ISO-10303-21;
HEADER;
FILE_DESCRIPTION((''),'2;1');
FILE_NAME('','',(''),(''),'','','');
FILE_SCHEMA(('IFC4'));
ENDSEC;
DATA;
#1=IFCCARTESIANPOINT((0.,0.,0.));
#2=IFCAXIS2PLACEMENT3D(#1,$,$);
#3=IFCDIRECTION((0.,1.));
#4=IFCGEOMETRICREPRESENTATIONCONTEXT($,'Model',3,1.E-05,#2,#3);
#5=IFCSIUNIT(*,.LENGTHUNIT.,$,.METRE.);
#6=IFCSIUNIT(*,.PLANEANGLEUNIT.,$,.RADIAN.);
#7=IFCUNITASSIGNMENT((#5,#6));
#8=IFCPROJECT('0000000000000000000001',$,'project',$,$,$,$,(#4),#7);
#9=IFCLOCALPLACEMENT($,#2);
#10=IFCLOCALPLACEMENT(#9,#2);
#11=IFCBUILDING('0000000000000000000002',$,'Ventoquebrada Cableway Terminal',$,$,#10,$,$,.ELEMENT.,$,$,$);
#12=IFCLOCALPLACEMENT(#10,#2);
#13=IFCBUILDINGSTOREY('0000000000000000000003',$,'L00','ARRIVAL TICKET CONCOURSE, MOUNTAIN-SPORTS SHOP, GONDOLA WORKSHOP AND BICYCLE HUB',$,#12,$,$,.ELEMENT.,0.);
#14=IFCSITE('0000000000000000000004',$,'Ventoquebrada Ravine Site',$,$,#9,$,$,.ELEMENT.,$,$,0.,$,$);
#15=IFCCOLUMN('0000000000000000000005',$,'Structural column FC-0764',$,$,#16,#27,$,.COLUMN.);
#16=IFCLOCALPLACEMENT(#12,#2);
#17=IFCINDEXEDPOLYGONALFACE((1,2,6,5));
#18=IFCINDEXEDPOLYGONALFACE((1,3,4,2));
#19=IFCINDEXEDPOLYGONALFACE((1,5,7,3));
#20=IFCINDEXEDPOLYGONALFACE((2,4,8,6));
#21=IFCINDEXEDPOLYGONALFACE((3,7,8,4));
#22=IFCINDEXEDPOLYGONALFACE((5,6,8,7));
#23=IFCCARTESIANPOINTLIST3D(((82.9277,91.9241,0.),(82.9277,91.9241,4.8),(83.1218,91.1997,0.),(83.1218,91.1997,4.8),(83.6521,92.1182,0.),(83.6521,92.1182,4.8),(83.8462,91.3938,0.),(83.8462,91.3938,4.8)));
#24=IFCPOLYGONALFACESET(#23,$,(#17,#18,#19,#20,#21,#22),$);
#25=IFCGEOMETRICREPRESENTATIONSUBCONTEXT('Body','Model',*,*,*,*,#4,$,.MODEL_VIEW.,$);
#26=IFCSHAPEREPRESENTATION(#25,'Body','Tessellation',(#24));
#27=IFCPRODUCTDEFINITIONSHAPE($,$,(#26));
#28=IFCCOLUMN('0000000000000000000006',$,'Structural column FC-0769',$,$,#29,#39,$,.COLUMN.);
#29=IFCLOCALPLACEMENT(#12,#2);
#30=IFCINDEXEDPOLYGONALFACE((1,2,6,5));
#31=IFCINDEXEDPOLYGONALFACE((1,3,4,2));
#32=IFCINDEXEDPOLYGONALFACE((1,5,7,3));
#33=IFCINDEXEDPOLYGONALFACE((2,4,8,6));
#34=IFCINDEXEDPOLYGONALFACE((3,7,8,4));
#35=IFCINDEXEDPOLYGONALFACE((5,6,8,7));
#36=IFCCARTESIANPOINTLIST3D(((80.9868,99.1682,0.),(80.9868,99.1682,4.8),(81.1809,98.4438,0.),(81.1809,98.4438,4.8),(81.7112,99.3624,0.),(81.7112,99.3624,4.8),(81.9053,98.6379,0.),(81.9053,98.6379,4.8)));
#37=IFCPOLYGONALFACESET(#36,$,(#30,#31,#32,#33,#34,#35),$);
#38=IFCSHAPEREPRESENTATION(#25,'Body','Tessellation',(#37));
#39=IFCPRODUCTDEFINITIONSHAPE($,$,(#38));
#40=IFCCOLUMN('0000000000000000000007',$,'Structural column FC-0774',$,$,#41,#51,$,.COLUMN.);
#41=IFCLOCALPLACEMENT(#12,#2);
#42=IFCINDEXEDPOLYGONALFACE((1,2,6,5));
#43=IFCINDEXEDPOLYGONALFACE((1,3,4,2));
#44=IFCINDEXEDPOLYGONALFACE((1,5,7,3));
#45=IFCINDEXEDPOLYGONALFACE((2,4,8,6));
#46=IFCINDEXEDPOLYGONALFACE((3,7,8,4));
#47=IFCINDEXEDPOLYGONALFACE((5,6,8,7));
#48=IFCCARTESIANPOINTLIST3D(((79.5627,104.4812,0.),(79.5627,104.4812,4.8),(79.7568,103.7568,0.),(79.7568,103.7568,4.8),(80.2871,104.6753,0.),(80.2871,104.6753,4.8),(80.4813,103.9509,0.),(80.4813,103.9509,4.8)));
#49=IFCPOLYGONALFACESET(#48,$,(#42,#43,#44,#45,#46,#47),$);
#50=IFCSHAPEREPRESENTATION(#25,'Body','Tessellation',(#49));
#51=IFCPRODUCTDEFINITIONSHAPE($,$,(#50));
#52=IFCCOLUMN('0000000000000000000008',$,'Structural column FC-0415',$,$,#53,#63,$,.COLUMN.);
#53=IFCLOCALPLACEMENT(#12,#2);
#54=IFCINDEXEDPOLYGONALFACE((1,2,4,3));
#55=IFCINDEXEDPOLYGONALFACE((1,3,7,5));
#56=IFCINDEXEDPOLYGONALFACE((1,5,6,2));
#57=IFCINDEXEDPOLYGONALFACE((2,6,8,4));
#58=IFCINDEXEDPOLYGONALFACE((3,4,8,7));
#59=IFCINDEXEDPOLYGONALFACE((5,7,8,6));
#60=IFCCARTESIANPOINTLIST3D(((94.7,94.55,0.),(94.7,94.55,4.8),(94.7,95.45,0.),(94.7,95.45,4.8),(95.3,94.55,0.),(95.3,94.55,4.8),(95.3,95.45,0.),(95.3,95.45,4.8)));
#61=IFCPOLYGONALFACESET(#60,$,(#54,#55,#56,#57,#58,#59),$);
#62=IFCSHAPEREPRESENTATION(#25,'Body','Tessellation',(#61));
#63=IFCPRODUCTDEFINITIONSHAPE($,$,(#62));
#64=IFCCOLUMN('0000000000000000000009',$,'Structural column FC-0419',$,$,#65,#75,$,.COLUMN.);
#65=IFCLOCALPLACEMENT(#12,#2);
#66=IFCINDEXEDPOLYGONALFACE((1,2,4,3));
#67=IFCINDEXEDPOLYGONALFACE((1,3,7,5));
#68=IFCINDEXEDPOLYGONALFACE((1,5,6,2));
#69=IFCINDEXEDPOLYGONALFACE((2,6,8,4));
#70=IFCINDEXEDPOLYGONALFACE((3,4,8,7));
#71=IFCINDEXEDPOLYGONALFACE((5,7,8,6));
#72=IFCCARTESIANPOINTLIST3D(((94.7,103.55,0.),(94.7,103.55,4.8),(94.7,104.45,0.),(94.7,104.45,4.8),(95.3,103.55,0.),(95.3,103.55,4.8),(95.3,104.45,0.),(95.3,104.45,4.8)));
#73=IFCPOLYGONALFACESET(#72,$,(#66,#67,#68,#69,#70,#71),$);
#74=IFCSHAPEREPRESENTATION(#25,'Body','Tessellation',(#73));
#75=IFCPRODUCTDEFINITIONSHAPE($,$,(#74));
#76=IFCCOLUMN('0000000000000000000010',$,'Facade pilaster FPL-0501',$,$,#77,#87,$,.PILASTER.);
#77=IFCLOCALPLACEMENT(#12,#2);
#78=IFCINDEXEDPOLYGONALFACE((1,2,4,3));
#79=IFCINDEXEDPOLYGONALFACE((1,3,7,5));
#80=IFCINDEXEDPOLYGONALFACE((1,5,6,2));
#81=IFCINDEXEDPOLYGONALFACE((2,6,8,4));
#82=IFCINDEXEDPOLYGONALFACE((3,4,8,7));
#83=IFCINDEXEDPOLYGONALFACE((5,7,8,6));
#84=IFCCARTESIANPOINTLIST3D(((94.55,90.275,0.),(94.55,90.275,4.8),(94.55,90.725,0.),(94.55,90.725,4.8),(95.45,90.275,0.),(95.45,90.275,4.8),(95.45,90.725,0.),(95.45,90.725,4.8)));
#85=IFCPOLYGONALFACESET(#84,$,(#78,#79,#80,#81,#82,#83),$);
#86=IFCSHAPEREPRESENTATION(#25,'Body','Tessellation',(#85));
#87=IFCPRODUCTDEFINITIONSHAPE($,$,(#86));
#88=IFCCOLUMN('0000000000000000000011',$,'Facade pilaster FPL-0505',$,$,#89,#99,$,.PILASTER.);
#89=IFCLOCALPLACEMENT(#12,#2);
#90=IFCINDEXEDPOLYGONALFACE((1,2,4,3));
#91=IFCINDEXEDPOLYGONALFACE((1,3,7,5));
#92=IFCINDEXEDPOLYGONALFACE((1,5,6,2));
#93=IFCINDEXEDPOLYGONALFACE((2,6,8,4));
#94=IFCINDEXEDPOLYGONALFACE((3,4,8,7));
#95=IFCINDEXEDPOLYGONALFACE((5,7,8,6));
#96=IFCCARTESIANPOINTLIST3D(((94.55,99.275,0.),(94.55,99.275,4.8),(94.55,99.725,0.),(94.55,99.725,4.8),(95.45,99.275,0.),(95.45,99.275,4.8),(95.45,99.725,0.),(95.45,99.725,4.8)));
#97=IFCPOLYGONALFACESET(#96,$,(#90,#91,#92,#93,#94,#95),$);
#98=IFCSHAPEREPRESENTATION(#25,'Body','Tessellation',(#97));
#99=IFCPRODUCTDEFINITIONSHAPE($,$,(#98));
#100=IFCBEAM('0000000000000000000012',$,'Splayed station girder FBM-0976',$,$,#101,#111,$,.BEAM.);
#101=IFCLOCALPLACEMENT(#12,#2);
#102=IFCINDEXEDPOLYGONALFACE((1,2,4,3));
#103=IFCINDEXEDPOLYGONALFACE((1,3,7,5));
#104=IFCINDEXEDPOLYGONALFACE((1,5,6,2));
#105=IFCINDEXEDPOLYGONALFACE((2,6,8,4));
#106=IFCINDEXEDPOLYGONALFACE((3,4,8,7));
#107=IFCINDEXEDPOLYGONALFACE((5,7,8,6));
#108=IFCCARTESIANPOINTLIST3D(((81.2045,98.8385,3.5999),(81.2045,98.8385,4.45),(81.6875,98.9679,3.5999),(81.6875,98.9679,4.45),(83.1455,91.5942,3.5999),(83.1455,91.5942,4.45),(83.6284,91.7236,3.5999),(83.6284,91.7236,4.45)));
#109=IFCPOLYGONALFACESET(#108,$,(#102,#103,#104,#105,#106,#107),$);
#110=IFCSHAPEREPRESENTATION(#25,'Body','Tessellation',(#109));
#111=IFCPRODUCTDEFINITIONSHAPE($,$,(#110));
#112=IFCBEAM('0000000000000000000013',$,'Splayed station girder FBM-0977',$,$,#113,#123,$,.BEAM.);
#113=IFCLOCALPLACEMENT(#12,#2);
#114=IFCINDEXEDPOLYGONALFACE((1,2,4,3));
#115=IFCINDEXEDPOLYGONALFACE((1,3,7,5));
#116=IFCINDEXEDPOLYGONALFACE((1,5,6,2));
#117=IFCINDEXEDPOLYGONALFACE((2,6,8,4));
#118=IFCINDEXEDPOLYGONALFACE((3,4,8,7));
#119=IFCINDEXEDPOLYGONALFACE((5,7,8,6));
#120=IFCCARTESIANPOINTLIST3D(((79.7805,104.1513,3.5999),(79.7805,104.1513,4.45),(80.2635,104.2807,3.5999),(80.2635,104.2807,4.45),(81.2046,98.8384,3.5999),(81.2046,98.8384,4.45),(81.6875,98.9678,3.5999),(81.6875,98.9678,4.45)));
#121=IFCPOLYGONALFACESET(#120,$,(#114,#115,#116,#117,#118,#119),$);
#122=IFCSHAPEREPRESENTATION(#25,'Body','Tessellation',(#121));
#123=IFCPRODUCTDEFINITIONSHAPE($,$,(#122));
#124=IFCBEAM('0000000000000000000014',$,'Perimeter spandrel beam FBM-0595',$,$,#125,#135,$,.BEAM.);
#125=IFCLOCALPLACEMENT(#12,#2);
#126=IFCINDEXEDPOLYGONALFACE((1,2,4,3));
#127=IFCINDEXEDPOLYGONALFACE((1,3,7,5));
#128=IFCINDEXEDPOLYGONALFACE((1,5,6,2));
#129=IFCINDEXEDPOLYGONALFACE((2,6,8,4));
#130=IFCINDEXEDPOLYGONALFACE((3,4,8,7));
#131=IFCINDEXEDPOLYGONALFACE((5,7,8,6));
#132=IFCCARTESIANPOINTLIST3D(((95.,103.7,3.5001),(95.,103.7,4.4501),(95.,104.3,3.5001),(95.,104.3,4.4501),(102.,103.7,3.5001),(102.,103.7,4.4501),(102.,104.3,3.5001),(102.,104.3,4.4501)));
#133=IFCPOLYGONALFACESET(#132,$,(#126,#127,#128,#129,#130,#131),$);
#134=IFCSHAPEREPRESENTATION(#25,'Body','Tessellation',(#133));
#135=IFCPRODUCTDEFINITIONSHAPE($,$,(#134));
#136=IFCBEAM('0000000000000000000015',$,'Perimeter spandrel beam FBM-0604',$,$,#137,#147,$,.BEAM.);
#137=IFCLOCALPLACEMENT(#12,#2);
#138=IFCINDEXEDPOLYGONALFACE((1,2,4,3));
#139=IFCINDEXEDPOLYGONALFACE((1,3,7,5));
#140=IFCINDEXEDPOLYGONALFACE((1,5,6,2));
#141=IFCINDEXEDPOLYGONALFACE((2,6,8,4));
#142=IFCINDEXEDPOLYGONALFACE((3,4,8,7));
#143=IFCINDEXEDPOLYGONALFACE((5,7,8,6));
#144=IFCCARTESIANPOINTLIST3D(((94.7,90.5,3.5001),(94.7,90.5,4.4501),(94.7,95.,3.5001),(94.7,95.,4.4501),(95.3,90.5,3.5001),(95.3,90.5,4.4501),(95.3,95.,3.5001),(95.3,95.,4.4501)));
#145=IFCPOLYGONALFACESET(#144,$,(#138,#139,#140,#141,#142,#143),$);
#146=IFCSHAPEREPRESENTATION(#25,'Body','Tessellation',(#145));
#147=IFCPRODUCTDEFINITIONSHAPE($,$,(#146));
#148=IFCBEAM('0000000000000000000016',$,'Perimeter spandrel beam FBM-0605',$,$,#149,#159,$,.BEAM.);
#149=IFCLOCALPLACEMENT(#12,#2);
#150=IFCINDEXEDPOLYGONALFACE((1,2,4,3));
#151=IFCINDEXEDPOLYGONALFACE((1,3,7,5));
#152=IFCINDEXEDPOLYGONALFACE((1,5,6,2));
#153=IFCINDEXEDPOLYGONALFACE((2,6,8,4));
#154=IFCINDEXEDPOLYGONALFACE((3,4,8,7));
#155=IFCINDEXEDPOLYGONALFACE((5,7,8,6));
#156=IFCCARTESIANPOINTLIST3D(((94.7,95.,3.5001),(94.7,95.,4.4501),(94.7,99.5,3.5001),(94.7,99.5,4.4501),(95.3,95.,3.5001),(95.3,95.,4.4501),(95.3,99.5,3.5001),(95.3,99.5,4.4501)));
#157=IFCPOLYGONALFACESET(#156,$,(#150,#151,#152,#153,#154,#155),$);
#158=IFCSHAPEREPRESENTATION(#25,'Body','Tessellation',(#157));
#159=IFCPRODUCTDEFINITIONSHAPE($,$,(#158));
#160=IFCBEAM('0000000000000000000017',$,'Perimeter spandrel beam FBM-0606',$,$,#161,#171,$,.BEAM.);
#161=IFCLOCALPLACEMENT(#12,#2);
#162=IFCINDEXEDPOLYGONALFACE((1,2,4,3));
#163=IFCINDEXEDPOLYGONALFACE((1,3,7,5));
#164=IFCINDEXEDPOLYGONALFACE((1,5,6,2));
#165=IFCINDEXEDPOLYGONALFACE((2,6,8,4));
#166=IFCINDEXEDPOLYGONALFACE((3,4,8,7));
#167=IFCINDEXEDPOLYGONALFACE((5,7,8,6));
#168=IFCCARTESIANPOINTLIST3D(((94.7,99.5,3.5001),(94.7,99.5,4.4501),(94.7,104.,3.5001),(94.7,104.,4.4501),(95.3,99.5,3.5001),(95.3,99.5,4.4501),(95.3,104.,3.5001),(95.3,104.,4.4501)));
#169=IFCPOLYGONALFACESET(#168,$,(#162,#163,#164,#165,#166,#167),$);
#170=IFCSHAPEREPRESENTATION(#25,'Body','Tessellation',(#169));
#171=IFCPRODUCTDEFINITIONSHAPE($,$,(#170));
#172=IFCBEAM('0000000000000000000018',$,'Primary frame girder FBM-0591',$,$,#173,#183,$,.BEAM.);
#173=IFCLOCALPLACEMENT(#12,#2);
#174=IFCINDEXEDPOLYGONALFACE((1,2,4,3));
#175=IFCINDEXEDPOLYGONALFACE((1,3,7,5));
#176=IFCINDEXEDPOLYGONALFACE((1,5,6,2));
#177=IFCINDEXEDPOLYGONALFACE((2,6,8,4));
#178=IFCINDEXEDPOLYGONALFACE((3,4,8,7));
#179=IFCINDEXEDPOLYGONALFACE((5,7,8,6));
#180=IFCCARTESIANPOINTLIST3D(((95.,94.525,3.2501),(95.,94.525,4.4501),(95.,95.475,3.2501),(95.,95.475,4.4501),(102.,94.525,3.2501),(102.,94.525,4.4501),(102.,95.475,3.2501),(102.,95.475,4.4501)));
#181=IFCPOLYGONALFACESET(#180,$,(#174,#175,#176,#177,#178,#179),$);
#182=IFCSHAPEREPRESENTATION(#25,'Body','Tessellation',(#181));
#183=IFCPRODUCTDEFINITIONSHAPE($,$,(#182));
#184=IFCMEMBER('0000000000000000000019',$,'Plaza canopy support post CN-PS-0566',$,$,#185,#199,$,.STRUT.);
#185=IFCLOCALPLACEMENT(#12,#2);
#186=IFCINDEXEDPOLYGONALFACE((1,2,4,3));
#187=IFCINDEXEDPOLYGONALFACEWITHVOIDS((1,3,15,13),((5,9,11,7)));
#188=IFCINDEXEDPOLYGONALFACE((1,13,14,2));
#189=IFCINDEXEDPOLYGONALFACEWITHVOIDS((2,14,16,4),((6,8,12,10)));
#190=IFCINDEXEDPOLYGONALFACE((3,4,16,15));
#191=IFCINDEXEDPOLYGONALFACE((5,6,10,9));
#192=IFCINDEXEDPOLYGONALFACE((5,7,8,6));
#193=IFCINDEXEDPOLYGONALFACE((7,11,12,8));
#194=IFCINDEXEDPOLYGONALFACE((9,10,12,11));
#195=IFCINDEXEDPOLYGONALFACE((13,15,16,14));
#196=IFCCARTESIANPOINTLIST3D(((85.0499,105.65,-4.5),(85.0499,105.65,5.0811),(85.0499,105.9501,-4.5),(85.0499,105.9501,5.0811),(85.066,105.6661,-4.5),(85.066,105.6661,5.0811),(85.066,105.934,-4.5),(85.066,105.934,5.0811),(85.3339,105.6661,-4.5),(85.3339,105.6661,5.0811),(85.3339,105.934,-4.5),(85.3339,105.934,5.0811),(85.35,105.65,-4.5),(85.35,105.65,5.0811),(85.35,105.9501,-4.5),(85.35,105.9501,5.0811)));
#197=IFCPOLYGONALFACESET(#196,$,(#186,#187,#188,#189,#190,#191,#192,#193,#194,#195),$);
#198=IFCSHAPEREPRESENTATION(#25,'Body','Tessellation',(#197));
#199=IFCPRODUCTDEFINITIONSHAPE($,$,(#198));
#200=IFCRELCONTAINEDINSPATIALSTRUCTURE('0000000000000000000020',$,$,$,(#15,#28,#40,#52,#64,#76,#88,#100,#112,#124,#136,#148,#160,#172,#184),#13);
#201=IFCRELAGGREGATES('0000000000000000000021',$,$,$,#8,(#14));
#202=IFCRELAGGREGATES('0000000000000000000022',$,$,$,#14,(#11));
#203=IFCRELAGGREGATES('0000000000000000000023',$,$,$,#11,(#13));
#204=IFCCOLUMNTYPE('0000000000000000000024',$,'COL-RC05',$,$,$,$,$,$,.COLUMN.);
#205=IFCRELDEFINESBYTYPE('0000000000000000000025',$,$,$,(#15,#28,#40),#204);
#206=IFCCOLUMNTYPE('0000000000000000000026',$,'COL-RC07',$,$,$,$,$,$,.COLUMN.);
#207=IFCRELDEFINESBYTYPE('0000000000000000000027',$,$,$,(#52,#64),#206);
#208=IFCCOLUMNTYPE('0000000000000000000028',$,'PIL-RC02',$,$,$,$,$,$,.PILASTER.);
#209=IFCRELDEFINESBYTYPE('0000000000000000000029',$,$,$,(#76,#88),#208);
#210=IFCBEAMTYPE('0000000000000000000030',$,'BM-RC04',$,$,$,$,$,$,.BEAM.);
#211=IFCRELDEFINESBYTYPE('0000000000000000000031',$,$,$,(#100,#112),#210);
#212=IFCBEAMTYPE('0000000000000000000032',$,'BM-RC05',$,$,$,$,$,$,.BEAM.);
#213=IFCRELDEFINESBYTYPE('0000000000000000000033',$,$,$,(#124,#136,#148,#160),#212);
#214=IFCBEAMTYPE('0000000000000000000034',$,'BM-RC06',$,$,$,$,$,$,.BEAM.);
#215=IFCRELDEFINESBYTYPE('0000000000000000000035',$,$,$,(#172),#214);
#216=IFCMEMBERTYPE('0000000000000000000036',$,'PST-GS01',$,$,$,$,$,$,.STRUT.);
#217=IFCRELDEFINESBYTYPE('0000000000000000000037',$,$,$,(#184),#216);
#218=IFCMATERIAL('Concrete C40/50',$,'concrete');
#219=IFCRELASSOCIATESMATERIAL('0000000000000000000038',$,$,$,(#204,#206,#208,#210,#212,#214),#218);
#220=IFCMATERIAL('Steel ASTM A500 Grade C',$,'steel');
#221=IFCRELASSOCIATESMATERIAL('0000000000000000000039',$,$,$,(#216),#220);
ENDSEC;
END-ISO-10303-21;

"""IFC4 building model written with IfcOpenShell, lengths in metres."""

from ifc_helpers import new_model, si_unit, direction, frame, origin, origin_2d, place, context, subcontext, project, spatial, rectangle, hollow_rectangle, extrude, material, material_profile, profile_set, type_object, element, save


model = new_model("IFC4")

# Units and contexts
model_context = context("Model", 3, precision=1e-05, world=origin(), true_north=direction((0.0, 1.0)))
body_context = subcontext(model_context, "Body", "Model", "MODEL_VIEW")
ifc_project = project(units=[si_unit("LENGTHUNIT", "METRE"), si_unit("PLANEANGLEUNIT", "RADIAN")], contexts=[model_context])

# Site, building, storey
site_placement = place(None, origin())
site = spatial("IfcSite", under=ifc_project, at=site_placement, Name="Ventoquebrada Ravine Site", CompositionType="ELEMENT", RefElevation=0.0)
building_placement = place(site_placement, origin())
building = spatial("IfcBuilding", under=site, at=building_placement, Name="Ventoquebrada Cableway Terminal", CompositionType="ELEMENT")
storey_placement = place(building_placement, origin())
storey = spatial("IfcBuildingStorey", under=building, at=storey_placement, Name="L00", Description="ARRIVAL TICKET CONCOURSE, MOUNTAIN-SPORTS SHOP, GONDOLA WORKSHOP AND BICYCLE HUB", CompositionType="ELEMENT", Elevation=0.0)

# Columns
ifc_material_1 = material(Name="Concrete C40/50", Category="concrete")
ifc_material_profile_1 = material_profile(ifc_material_1, rectangle(XDim=0.75, YDim=0.75, at=origin_2d()), Name="RC-COL-750X750")
ifc_profile_set_1 = profile_set([ifc_material_profile_1], Name="Concrete C40/50")
column_type_1 = type_object("IfcColumnType", Name="COL-RC05", PredefinedType="COLUMN", material=ifc_profile_set_1)
for number, where, z_axis, x_axis, name in (
    (1, (83.387, 91.6589, 0.0), (0.0, 0.0, 1.0), (0.965926, 0.258819, 0.0), "Structural column FC-0764"),
    (2, (81.446, 98.9031, 0.0), (0.0, 0.0, 1.0), (0.965926, 0.258819, 0.0), "Structural column FC-0769"),
    (3, (80.022, 104.2161, 0.0), (0.0, 0.0, 1.0), (0.965926, 0.258819, 0.0), "Structural column FC-0774"),
):
    element("IfcColumn", number, at=place(storey_placement, frame(where, z_axis=z_axis, x_axis=x_axis)), inside=storey, type_object=column_type_1, Name=name, PredefinedType="COLUMN", context=body_context, shape_type="SweptSolid", body=[
        extrude(rectangle(XDim=0.75, YDim=0.75, at=origin_2d()), origin(), (0.0, 0.0, 1.0), 4.8),
    ])
ifc_material_profile_2 = material_profile(ifc_material_1, rectangle(XDim=0.6001, YDim=0.8999, at=origin_2d()), Name="RC-COL-900X600")
ifc_profile_set_2 = profile_set([ifc_material_profile_2], Name="Concrete C40/50")
column_type_2 = type_object("IfcColumnType", Name="COL-RC07", PredefinedType="COLUMN", material=ifc_profile_set_2)
for number, where, z_axis, x_axis, name in (
    (4, (95.0, 95.0, 0.0), (0.0, 0.0, 1.0), (1.0, 0.0, 0.0), "Structural column FC-0415"),
    (5, (95.0, 104.0, 0.0), (0.0, 0.0, 1.0), (1.0, 0.0, 0.0), "Structural column FC-0419"),
):
    element("IfcColumn", number, at=place(storey_placement, frame(where, z_axis=z_axis, x_axis=x_axis)), inside=storey, type_object=column_type_2, Name=name, PredefinedType="COLUMN", context=body_context, shape_type="SweptSolid", body=[
        extrude(rectangle(XDim=0.6001, YDim=0.8999, at=origin_2d()), origin(), (0.0, 0.0, 1.0), 4.8),
    ])
ifc_material_profile_3 = material_profile(ifc_material_1, rectangle(XDim=0.45, YDim=0.8999, at=origin_2d()), Name="RC-PIL-450X900")
ifc_profile_set_3 = profile_set([ifc_material_profile_3], Name="Concrete C40/50")
column_type_3 = type_object("IfcColumnType", Name="PIL-RC02", PredefinedType="PILASTER", material=ifc_profile_set_3)
for number, where, z_axis, x_axis, name in (
    (6, (95.0, 90.5, 0.0), (0.0, 0.0, 1.0), (0.0, 1.0, 0.0), "Facade pilaster FPL-0501"),
    (7, (95.0, 99.5, 0.0), (0.0, 0.0, 1.0), (0.0, 1.0, 0.0), "Facade pilaster FPL-0505"),
):
    element("IfcColumn", number, at=place(storey_placement, frame(where, z_axis=z_axis, x_axis=x_axis)), inside=storey, type_object=column_type_3, Name=name, PredefinedType="PILASTER", context=body_context, shape_type="SweptSolid", body=[
        extrude(rectangle(XDim=0.45, YDim=0.8999, at=origin_2d()), origin(), (0.0, 0.0, 1.0), 4.8),
    ])

# Beams
ifc_material_profile_4 = material_profile(ifc_material_1, rectangle(XDim=0.5, YDim=0.8501, at=origin_2d()), Name="RC-BM-500X850")
ifc_profile_set_4 = profile_set([ifc_material_profile_4], Name="Concrete C40/50")
beam_type_1 = type_object("IfcBeamType", Name="BM-RC04", PredefinedType="BEAM", material=ifc_profile_set_4)
beam_1_placement = place(storey_placement, frame((83.387, 91.6589, 4.0249), z_axis=(-0.258801, 0.965931, 0.0), x_axis=(-0.965931, -0.258801, 0.0)))
element("IfcBeam", 8, at=beam_1_placement, inside=storey, type_object=beam_type_1, Name="Splayed station girder FBM-0976", PredefinedType="BEAM", context=body_context, shape_type="SweptSolid", body=[
    extrude(rectangle(XDim=0.5, YDim=0.8501, at=origin_2d()), origin(), (0.0, 0.0, 1.0), 7.4998),
])
beam_2_placement = place(storey_placement, frame((81.446, 98.9031, 4.0249), z_axis=(-0.258897, 0.965905, 0.0), x_axis=(-0.965905, -0.258897, 0.0)))
element("IfcBeam", 9, at=beam_2_placement, inside=storey, type_object=beam_type_1, Name="Splayed station girder FBM-0977", PredefinedType="BEAM", context=body_context, shape_type="SweptSolid", body=[
    extrude(rectangle(XDim=0.5, YDim=0.8501, at=origin_2d()), origin(), (0.0, 0.0, 1.0), 5.5005),
])
ifc_material_profile_5 = material_profile(ifc_material_1, rectangle(XDim=0.6001, YDim=0.95, at=origin_2d()), Name="RC-BM-600X950")
ifc_profile_set_5 = profile_set([ifc_material_profile_5], Name="Concrete C40/50")
beam_type_2 = type_object("IfcBeamType", Name="BM-RC05", PredefinedType="BEAM", material=ifc_profile_set_5)
beam_3_placement = place(storey_placement, frame((95.0, 104.0, 3.9751), z_axis=(1.0, 0.0, 0.0), x_axis=(0.0, 1.0, 0.0)))
element("IfcBeam", 10, at=beam_3_placement, inside=storey, type_object=beam_type_2, Name="Perimeter spandrel beam FBM-0595", PredefinedType="BEAM", context=body_context, shape_type="SweptSolid", body=[
    extrude(rectangle(XDim=0.6001, YDim=0.95, at=origin_2d()), origin(), (0.0, 0.0, 1.0), 7.0),
])
for number, where, z_axis, x_axis, name in (
    (11, (95.0, 90.5, 3.9751), (0.0, 1.0, 0.0), (-1.0, 0.0, 0.0), "Perimeter spandrel beam FBM-0604"),
    (12, (95.0, 95.0, 3.9751), (0.0, 1.0, 0.0), (-1.0, 0.0, 0.0), "Perimeter spandrel beam FBM-0605"),
    (13, (95.0, 99.5, 3.9751), (0.0, 1.0, 0.0), (-1.0, 0.0, 0.0), "Perimeter spandrel beam FBM-0606"),
):
    element("IfcBeam", number, at=place(storey_placement, frame(where, z_axis=z_axis, x_axis=x_axis)), inside=storey, type_object=beam_type_2, Name=name, PredefinedType="BEAM", context=body_context, shape_type="SweptSolid", body=[
        extrude(rectangle(XDim=0.6001, YDim=0.95, at=origin_2d()), origin(), (0.0, 0.0, 1.0), 4.5),
    ])
ifc_material_profile_6 = material_profile(ifc_material_1, rectangle(XDim=0.95, YDim=1.2, at=origin_2d()), Name="RC-BM-950X1200")
ifc_profile_set_6 = profile_set([ifc_material_profile_6], Name="Concrete C40/50")
beam_type_3 = type_object("IfcBeamType", Name="BM-RC06", PredefinedType="BEAM", material=ifc_profile_set_6)
beam_4_placement = place(storey_placement, frame((95.0, 95.0, 3.8501), z_axis=(1.0, 0.0, 0.0), x_axis=(0.0, 1.0, 0.0)))
element("IfcBeam", 14, at=beam_4_placement, inside=storey, type_object=beam_type_3, Name="Primary frame girder FBM-0591", PredefinedType="BEAM", context=body_context, shape_type="SweptSolid", body=[
    extrude(rectangle(XDim=0.95, YDim=1.2, at=origin_2d()), origin(), (0.0, 0.0, 1.0), 7.0),
])

# Member
ifc_material_2 = material(Name="Steel ASTM A500 Grade C", Category="steel")
ifc_material_profile_7 = material_profile(ifc_material_2, hollow_rectangle(XDim=0.3, YDim=0.3, WallThickness=0.0161, at=origin_2d()), Name="HSS300X300X16")
ifc_profile_set_7 = profile_set([ifc_material_profile_7], Name="Steel ASTM A500 Grade C")
member_type = type_object("IfcMemberType", Name="PST-GS01", PredefinedType="STRUT", material=ifc_profile_set_7)
member_1_placement = place(storey_placement, frame((85.2, 105.8, -4.5), z_axis=(0.0, 0.0, 1.0), x_axis=(1.0, 0.0, 0.0)))
element("IfcMember", 15, at=member_1_placement, inside=storey, type_object=member_type, Name="Plaza canopy support post CN-PS-0566", PredefinedType="STRUT", context=body_context, shape_type="SweptSolid", body=[
    extrude(hollow_rectangle(XDim=0.3, YDim=0.3, WallThickness=0.0161, at=origin_2d()), origin(), (0.0, 0.0, 1.0), 9.5811),
])

save(model, "model.ifc")
